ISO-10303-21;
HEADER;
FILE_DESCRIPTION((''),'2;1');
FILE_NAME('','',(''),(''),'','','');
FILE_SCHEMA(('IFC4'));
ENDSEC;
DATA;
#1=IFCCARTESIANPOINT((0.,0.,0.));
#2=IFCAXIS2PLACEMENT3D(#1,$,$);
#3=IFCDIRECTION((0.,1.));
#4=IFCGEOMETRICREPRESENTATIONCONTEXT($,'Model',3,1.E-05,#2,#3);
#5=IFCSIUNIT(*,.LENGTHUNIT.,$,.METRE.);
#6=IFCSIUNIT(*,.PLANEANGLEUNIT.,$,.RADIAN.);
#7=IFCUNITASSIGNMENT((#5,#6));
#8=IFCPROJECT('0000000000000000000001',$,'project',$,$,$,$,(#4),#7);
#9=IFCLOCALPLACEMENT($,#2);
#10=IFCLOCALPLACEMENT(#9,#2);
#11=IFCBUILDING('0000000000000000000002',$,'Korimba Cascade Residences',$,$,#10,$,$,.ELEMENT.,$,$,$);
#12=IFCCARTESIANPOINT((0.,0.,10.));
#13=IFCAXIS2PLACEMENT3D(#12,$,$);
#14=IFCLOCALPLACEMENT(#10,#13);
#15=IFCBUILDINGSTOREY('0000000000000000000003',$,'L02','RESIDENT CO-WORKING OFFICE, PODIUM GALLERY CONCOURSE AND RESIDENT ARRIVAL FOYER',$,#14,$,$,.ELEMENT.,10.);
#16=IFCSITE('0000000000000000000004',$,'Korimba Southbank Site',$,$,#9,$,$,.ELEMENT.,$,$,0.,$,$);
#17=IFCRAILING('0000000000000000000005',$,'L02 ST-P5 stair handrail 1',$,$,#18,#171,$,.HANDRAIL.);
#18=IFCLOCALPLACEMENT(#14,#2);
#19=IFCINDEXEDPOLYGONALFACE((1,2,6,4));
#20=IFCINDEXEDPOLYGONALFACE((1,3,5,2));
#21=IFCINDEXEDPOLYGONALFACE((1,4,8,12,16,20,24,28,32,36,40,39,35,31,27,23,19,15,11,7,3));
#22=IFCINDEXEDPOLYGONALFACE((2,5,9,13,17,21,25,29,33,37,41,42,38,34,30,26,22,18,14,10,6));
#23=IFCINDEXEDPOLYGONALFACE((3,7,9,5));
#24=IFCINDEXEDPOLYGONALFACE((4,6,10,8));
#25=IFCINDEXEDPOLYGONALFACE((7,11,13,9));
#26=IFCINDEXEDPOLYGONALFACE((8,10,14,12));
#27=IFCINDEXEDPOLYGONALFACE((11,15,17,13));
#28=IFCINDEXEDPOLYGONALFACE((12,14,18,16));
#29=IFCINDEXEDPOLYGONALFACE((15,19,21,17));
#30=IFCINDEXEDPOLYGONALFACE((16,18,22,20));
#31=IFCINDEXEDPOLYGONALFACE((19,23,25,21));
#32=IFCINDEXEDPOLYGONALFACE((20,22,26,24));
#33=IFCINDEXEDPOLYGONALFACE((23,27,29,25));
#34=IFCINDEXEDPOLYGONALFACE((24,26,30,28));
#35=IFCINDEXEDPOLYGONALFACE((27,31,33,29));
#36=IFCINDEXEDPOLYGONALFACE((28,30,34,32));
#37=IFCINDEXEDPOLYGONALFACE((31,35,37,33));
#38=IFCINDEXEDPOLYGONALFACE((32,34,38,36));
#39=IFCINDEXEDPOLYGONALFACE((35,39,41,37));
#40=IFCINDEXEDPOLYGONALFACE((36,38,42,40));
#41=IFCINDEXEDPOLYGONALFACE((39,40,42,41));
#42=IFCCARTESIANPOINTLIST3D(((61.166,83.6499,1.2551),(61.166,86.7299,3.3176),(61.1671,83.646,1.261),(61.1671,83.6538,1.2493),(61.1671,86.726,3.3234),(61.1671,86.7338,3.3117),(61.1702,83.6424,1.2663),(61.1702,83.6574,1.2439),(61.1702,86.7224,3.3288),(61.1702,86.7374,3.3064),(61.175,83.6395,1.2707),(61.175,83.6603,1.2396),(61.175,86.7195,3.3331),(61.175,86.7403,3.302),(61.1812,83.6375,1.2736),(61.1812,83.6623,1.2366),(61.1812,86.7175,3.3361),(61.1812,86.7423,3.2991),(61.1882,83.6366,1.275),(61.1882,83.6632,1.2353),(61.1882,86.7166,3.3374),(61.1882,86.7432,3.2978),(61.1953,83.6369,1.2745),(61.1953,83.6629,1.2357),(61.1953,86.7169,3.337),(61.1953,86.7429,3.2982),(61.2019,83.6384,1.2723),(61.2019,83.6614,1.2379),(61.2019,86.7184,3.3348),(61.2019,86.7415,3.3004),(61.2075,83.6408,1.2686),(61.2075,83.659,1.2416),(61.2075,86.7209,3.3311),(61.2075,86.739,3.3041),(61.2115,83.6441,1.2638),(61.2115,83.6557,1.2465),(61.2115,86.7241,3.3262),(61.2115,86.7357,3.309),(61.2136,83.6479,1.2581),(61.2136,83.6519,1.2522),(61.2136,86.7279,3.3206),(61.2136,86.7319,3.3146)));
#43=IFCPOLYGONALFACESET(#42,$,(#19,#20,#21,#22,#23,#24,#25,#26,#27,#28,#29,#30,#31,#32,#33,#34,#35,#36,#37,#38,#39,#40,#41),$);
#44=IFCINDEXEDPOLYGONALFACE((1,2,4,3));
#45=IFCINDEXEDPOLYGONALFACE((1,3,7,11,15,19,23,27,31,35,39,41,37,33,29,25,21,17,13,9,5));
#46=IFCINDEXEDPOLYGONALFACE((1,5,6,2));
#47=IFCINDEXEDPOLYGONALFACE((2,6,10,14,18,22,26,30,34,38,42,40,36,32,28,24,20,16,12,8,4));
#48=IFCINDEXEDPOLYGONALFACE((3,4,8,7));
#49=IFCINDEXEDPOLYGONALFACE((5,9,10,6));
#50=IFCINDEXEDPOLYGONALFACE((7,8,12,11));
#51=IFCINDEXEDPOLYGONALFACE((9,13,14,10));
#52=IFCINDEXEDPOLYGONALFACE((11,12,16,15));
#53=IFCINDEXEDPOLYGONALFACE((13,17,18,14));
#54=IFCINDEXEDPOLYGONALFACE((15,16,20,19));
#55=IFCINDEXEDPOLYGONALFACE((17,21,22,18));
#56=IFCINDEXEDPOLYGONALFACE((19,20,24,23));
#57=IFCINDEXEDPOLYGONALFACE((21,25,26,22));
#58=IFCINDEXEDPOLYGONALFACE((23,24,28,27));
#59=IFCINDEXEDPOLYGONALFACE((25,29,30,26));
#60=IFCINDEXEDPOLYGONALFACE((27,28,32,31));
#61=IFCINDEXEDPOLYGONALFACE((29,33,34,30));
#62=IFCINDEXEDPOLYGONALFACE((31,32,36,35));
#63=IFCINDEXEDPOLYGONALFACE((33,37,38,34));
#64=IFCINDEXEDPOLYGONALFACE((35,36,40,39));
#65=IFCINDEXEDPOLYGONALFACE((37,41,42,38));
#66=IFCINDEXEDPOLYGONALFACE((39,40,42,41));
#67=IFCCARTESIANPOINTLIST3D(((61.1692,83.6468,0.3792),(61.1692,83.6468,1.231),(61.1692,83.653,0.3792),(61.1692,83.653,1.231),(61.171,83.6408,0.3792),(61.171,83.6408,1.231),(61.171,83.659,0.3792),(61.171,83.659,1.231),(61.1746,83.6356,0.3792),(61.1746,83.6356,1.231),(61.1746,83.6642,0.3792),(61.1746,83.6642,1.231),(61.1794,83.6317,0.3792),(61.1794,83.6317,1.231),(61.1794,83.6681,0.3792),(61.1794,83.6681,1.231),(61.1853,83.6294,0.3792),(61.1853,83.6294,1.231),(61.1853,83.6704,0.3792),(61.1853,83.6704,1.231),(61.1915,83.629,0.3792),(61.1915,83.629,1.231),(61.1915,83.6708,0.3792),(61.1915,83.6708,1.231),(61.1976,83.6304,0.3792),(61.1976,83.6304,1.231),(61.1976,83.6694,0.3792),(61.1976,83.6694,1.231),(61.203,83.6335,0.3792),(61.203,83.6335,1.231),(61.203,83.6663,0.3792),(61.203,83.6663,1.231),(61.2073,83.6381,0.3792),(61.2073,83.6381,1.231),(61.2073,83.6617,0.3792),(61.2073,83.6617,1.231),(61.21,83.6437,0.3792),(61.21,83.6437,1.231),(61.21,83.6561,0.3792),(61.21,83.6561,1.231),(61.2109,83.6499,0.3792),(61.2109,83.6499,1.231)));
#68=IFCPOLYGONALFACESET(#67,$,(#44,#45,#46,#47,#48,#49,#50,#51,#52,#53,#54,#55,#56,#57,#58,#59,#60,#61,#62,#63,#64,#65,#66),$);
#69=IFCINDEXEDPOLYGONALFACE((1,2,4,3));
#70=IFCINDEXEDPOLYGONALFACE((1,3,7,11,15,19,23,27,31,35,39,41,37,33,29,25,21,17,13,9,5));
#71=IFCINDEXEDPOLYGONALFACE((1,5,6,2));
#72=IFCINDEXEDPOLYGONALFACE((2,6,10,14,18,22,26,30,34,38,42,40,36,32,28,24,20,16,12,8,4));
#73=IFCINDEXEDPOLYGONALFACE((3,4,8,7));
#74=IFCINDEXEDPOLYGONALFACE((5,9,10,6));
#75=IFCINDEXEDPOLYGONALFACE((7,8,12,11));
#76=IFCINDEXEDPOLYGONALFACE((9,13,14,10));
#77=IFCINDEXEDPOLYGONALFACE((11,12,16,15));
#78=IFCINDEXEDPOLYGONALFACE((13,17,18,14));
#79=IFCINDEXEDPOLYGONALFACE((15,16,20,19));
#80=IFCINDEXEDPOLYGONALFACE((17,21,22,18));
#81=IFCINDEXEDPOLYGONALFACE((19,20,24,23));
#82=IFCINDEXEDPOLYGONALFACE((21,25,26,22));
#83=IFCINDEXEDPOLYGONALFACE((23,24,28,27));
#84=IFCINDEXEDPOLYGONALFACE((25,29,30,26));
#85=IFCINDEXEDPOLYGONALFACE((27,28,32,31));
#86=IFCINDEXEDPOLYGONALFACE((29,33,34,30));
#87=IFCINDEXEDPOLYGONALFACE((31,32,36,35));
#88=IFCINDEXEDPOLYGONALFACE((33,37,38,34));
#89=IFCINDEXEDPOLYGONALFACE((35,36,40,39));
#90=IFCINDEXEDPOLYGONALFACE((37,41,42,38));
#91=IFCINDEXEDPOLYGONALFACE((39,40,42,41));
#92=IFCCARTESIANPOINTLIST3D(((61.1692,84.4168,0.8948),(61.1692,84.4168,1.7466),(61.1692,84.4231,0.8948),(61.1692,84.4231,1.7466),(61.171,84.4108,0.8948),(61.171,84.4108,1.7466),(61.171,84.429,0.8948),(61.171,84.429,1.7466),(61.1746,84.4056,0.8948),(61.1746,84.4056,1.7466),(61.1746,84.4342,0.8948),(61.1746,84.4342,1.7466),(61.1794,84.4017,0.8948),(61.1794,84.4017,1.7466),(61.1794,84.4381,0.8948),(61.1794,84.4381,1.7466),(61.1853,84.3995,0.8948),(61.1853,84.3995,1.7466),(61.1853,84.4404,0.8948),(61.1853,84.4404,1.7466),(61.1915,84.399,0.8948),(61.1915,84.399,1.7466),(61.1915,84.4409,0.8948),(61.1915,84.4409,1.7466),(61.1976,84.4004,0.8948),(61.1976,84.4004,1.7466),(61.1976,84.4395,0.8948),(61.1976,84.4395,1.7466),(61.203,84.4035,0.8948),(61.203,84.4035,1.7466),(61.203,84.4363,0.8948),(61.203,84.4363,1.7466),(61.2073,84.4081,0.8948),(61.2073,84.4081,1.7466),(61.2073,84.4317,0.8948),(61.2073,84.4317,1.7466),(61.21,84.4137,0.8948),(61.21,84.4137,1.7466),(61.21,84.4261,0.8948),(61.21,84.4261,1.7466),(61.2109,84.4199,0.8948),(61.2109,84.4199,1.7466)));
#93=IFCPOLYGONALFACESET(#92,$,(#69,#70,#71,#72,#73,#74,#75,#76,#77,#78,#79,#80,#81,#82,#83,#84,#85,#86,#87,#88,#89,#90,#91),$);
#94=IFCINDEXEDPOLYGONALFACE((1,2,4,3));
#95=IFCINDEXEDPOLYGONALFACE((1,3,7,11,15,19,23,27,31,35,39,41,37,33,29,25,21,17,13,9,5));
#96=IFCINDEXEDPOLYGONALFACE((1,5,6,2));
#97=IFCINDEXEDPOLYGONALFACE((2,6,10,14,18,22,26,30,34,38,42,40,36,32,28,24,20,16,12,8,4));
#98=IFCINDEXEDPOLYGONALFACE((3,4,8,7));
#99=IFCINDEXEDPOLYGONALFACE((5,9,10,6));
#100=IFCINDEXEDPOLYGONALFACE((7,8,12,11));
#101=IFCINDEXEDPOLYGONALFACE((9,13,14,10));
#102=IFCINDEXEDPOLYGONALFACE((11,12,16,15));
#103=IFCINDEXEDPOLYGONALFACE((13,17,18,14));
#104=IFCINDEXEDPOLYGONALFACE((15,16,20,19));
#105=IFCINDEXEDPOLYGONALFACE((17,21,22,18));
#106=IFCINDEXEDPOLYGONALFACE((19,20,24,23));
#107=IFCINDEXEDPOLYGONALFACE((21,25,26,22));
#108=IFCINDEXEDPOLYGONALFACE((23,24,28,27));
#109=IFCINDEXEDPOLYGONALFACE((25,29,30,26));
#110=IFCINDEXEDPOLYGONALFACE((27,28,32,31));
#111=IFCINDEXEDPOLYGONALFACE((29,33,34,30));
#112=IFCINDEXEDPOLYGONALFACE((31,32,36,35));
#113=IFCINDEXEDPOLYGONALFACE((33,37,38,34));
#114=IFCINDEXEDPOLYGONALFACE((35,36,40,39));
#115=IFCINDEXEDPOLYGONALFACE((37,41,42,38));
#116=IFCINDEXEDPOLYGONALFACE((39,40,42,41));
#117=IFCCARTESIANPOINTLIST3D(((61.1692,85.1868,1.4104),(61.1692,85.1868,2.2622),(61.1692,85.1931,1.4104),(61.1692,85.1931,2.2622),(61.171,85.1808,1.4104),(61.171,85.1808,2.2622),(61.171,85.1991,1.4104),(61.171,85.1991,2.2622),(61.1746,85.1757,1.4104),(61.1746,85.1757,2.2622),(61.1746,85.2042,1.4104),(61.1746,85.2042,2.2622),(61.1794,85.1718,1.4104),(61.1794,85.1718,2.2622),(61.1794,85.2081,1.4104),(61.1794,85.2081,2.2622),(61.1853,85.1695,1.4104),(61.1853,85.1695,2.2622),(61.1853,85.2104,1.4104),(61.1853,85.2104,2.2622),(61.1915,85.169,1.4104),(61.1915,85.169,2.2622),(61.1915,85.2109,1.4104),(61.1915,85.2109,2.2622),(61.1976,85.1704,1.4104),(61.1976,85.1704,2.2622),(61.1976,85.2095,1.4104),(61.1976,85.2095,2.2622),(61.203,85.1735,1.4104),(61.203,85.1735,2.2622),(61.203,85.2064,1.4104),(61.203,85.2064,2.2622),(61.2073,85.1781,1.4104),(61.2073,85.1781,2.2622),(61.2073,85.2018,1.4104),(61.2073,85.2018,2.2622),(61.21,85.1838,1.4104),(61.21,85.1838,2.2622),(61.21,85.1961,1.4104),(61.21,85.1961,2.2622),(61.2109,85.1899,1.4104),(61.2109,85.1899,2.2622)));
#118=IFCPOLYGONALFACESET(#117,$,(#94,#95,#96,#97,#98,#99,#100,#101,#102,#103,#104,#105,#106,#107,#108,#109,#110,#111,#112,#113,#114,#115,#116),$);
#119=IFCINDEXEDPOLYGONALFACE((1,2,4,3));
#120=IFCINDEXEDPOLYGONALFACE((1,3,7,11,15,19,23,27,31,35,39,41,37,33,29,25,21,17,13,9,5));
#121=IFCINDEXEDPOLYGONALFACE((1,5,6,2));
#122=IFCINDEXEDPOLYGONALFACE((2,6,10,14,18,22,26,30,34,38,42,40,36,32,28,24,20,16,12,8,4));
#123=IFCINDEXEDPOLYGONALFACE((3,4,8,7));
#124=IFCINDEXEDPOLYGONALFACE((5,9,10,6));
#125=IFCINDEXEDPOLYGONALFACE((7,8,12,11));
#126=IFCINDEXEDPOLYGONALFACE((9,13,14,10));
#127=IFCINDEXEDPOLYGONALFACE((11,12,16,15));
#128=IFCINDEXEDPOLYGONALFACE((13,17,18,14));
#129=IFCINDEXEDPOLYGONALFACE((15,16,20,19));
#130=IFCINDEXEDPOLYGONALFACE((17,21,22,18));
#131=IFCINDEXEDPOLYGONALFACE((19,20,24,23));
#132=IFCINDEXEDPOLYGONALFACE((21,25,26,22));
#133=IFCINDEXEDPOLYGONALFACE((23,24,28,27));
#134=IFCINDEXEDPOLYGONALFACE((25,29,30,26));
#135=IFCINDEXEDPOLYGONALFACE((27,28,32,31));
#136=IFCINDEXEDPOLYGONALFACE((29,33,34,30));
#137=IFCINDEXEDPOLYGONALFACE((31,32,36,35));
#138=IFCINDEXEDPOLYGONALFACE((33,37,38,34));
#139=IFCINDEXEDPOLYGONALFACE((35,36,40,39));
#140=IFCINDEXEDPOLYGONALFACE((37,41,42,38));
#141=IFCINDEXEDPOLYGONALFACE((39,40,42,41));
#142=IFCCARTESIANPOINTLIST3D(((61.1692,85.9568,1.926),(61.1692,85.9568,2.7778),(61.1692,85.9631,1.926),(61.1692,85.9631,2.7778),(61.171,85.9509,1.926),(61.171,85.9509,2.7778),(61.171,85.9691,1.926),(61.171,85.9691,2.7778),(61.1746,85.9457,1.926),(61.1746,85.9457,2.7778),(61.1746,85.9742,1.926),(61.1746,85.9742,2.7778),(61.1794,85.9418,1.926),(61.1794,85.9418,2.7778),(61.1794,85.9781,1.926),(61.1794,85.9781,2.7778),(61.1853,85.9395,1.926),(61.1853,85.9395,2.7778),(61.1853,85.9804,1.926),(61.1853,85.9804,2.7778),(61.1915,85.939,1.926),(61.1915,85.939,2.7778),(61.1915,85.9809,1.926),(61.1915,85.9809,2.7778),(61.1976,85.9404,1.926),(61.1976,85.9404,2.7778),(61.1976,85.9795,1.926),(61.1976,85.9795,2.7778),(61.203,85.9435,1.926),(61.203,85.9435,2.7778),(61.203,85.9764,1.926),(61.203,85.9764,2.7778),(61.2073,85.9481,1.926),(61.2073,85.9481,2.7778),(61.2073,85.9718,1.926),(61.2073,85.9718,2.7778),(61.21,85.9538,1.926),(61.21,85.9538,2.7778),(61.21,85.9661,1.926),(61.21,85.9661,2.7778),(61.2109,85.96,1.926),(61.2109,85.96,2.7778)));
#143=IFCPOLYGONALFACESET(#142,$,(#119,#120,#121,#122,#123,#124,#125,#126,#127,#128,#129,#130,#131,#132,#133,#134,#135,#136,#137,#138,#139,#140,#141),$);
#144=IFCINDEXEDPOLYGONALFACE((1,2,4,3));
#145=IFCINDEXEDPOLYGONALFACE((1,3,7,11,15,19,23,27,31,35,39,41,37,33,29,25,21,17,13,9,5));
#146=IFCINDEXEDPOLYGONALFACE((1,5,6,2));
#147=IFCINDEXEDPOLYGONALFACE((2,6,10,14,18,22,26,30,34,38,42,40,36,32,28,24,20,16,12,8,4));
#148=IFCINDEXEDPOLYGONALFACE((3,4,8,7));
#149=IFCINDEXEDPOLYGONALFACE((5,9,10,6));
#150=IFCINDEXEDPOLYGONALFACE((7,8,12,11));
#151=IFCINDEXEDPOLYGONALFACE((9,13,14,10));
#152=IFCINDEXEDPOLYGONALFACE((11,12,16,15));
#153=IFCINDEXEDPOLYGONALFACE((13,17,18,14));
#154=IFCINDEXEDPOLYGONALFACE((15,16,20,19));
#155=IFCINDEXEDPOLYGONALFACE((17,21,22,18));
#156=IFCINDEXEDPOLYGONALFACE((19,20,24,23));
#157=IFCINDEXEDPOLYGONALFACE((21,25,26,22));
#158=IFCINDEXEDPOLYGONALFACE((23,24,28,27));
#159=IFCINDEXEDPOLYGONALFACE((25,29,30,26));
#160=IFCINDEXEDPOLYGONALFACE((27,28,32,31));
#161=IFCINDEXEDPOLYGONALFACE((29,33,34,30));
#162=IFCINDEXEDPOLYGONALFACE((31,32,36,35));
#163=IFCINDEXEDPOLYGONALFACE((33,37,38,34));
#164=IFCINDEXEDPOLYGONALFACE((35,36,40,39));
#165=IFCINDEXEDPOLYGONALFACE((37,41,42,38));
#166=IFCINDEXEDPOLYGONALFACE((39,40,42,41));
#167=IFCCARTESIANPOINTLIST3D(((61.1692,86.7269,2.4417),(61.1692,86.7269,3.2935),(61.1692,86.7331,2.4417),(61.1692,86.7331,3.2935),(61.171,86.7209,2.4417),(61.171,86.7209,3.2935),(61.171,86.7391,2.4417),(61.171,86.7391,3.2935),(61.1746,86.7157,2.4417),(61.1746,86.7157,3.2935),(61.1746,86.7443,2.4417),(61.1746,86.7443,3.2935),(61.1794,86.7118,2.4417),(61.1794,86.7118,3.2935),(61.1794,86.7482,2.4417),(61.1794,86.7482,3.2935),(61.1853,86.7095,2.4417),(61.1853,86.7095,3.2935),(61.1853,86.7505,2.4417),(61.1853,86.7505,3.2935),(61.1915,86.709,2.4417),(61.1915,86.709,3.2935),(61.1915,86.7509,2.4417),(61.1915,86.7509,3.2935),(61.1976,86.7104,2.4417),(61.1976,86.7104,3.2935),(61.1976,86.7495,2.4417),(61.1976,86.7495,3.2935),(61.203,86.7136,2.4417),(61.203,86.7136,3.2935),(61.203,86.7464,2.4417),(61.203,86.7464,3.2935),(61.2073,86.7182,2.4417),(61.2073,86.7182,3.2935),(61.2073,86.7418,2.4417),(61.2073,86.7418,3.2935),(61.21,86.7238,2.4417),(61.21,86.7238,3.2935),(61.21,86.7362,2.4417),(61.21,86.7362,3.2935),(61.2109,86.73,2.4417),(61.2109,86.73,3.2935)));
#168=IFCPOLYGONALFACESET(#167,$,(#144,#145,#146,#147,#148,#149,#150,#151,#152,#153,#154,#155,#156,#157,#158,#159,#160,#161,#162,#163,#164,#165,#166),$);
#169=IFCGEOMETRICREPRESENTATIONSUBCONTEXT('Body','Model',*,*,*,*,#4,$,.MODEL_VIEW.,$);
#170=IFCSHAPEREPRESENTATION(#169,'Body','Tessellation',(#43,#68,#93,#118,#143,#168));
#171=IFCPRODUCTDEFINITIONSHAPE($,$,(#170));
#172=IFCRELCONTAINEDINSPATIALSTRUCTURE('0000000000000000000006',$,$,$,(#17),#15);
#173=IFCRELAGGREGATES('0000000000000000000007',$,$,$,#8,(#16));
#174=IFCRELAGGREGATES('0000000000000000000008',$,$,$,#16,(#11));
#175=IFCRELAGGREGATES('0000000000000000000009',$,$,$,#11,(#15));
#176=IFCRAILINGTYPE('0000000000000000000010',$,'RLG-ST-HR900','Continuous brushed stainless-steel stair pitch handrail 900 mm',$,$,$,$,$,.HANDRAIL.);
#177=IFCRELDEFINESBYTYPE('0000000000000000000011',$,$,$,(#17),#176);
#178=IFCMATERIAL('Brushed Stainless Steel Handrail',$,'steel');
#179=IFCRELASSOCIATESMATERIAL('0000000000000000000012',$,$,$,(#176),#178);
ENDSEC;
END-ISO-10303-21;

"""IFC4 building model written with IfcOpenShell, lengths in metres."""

from ifc_helpers import new_model, si_unit, direction, frame, origin, origin_2d, place, context, subcontext, project, spatial, circle, extrude, material, type_object, element, save


model = new_model("IFC4")

# Units and contexts
model_context = context("Model", 3, precision=1e-05, world=origin(), true_north=direction((0.0, 1.0)))
body_context = subcontext(model_context, "Body", "Model", "MODEL_VIEW")
ifc_project = project(units=[si_unit("LENGTHUNIT", "METRE"), si_unit("PLANEANGLEUNIT", "RADIAN")], contexts=[model_context])

# Site, building, storey
site_placement = place(None, origin())
site = spatial("IfcSite", under=ifc_project, at=site_placement, Name="Korimba Southbank Site", CompositionType="ELEMENT", RefElevation=0.0)
building_placement = place(site_placement, origin())
building = spatial("IfcBuilding", under=site, at=building_placement, Name="Korimba Cascade Residences", CompositionType="ELEMENT")
storey_placement = place(building_placement, frame((0.0, 0.0, 10.0)))
storey = spatial("IfcBuildingStorey", under=building, at=storey_placement, Name="L02", Description="RESIDENT CO-WORKING OFFICE, PODIUM GALLERY CONCOURSE AND RESIDENT ARRIVAL FOYER", CompositionType="ELEMENT", Elevation=10.0)

# Railing
ifc_material_1 = material(Name="Brushed Stainless Steel Handrail", Category="steel")
railing_type_1 = type_object("IfcRailingType", Name="RLG-ST-HR900", Description="Continuous brushed stainless-steel stair pitch handrail 900 mm", PredefinedType="HANDRAIL", material=ifc_material_1)
railing_1_placement = place(storey_placement, frame((61.1899, 83.6499, 0.3792)))
element("IfcRailing", 1, at=railing_1_placement, inside=storey, type_object=railing_type_1, Name="L02 ST-P5 stair handrail 1", PredefinedType="HANDRAIL", context=body_context, shape_type="SweptSolid", body=[
    extrude(circle(Radius=0.0239, at=origin_2d()), frame((0.0, 0.0, 0.876), z_axis=(0.0, 0.830914, 0.556401), x_axis=(-1.0, 0.0, 0.0)), (0.0, 0.0, 1.0), 3.7068),
    extrude(circle(Radius=0.021, at=origin_2d()), origin(), (0.0, 0.0, 1.0), 0.8518),
    extrude(circle(Radius=0.021, at=origin_2d()), frame((0.0, 0.77, 0.5156)), (0.0, 0.0, 1.0), 0.8518),
    extrude(circle(Radius=0.021, at=origin_2d()), frame((0.0, 1.54, 1.0312)), (0.0, 0.0, 1.0), 0.8518),
    extrude(circle(Radius=0.021, at=origin_2d()), frame((0.0, 2.3101, 1.5469)), (0.0, 0.0, 1.0), 0.8518),
    extrude(circle(Radius=0.021, at=origin_2d()), frame((0.0, 3.0801, 2.0625)), (0.0, 0.0, 1.0), 0.8518),
])

save(model, "model.ifc")
